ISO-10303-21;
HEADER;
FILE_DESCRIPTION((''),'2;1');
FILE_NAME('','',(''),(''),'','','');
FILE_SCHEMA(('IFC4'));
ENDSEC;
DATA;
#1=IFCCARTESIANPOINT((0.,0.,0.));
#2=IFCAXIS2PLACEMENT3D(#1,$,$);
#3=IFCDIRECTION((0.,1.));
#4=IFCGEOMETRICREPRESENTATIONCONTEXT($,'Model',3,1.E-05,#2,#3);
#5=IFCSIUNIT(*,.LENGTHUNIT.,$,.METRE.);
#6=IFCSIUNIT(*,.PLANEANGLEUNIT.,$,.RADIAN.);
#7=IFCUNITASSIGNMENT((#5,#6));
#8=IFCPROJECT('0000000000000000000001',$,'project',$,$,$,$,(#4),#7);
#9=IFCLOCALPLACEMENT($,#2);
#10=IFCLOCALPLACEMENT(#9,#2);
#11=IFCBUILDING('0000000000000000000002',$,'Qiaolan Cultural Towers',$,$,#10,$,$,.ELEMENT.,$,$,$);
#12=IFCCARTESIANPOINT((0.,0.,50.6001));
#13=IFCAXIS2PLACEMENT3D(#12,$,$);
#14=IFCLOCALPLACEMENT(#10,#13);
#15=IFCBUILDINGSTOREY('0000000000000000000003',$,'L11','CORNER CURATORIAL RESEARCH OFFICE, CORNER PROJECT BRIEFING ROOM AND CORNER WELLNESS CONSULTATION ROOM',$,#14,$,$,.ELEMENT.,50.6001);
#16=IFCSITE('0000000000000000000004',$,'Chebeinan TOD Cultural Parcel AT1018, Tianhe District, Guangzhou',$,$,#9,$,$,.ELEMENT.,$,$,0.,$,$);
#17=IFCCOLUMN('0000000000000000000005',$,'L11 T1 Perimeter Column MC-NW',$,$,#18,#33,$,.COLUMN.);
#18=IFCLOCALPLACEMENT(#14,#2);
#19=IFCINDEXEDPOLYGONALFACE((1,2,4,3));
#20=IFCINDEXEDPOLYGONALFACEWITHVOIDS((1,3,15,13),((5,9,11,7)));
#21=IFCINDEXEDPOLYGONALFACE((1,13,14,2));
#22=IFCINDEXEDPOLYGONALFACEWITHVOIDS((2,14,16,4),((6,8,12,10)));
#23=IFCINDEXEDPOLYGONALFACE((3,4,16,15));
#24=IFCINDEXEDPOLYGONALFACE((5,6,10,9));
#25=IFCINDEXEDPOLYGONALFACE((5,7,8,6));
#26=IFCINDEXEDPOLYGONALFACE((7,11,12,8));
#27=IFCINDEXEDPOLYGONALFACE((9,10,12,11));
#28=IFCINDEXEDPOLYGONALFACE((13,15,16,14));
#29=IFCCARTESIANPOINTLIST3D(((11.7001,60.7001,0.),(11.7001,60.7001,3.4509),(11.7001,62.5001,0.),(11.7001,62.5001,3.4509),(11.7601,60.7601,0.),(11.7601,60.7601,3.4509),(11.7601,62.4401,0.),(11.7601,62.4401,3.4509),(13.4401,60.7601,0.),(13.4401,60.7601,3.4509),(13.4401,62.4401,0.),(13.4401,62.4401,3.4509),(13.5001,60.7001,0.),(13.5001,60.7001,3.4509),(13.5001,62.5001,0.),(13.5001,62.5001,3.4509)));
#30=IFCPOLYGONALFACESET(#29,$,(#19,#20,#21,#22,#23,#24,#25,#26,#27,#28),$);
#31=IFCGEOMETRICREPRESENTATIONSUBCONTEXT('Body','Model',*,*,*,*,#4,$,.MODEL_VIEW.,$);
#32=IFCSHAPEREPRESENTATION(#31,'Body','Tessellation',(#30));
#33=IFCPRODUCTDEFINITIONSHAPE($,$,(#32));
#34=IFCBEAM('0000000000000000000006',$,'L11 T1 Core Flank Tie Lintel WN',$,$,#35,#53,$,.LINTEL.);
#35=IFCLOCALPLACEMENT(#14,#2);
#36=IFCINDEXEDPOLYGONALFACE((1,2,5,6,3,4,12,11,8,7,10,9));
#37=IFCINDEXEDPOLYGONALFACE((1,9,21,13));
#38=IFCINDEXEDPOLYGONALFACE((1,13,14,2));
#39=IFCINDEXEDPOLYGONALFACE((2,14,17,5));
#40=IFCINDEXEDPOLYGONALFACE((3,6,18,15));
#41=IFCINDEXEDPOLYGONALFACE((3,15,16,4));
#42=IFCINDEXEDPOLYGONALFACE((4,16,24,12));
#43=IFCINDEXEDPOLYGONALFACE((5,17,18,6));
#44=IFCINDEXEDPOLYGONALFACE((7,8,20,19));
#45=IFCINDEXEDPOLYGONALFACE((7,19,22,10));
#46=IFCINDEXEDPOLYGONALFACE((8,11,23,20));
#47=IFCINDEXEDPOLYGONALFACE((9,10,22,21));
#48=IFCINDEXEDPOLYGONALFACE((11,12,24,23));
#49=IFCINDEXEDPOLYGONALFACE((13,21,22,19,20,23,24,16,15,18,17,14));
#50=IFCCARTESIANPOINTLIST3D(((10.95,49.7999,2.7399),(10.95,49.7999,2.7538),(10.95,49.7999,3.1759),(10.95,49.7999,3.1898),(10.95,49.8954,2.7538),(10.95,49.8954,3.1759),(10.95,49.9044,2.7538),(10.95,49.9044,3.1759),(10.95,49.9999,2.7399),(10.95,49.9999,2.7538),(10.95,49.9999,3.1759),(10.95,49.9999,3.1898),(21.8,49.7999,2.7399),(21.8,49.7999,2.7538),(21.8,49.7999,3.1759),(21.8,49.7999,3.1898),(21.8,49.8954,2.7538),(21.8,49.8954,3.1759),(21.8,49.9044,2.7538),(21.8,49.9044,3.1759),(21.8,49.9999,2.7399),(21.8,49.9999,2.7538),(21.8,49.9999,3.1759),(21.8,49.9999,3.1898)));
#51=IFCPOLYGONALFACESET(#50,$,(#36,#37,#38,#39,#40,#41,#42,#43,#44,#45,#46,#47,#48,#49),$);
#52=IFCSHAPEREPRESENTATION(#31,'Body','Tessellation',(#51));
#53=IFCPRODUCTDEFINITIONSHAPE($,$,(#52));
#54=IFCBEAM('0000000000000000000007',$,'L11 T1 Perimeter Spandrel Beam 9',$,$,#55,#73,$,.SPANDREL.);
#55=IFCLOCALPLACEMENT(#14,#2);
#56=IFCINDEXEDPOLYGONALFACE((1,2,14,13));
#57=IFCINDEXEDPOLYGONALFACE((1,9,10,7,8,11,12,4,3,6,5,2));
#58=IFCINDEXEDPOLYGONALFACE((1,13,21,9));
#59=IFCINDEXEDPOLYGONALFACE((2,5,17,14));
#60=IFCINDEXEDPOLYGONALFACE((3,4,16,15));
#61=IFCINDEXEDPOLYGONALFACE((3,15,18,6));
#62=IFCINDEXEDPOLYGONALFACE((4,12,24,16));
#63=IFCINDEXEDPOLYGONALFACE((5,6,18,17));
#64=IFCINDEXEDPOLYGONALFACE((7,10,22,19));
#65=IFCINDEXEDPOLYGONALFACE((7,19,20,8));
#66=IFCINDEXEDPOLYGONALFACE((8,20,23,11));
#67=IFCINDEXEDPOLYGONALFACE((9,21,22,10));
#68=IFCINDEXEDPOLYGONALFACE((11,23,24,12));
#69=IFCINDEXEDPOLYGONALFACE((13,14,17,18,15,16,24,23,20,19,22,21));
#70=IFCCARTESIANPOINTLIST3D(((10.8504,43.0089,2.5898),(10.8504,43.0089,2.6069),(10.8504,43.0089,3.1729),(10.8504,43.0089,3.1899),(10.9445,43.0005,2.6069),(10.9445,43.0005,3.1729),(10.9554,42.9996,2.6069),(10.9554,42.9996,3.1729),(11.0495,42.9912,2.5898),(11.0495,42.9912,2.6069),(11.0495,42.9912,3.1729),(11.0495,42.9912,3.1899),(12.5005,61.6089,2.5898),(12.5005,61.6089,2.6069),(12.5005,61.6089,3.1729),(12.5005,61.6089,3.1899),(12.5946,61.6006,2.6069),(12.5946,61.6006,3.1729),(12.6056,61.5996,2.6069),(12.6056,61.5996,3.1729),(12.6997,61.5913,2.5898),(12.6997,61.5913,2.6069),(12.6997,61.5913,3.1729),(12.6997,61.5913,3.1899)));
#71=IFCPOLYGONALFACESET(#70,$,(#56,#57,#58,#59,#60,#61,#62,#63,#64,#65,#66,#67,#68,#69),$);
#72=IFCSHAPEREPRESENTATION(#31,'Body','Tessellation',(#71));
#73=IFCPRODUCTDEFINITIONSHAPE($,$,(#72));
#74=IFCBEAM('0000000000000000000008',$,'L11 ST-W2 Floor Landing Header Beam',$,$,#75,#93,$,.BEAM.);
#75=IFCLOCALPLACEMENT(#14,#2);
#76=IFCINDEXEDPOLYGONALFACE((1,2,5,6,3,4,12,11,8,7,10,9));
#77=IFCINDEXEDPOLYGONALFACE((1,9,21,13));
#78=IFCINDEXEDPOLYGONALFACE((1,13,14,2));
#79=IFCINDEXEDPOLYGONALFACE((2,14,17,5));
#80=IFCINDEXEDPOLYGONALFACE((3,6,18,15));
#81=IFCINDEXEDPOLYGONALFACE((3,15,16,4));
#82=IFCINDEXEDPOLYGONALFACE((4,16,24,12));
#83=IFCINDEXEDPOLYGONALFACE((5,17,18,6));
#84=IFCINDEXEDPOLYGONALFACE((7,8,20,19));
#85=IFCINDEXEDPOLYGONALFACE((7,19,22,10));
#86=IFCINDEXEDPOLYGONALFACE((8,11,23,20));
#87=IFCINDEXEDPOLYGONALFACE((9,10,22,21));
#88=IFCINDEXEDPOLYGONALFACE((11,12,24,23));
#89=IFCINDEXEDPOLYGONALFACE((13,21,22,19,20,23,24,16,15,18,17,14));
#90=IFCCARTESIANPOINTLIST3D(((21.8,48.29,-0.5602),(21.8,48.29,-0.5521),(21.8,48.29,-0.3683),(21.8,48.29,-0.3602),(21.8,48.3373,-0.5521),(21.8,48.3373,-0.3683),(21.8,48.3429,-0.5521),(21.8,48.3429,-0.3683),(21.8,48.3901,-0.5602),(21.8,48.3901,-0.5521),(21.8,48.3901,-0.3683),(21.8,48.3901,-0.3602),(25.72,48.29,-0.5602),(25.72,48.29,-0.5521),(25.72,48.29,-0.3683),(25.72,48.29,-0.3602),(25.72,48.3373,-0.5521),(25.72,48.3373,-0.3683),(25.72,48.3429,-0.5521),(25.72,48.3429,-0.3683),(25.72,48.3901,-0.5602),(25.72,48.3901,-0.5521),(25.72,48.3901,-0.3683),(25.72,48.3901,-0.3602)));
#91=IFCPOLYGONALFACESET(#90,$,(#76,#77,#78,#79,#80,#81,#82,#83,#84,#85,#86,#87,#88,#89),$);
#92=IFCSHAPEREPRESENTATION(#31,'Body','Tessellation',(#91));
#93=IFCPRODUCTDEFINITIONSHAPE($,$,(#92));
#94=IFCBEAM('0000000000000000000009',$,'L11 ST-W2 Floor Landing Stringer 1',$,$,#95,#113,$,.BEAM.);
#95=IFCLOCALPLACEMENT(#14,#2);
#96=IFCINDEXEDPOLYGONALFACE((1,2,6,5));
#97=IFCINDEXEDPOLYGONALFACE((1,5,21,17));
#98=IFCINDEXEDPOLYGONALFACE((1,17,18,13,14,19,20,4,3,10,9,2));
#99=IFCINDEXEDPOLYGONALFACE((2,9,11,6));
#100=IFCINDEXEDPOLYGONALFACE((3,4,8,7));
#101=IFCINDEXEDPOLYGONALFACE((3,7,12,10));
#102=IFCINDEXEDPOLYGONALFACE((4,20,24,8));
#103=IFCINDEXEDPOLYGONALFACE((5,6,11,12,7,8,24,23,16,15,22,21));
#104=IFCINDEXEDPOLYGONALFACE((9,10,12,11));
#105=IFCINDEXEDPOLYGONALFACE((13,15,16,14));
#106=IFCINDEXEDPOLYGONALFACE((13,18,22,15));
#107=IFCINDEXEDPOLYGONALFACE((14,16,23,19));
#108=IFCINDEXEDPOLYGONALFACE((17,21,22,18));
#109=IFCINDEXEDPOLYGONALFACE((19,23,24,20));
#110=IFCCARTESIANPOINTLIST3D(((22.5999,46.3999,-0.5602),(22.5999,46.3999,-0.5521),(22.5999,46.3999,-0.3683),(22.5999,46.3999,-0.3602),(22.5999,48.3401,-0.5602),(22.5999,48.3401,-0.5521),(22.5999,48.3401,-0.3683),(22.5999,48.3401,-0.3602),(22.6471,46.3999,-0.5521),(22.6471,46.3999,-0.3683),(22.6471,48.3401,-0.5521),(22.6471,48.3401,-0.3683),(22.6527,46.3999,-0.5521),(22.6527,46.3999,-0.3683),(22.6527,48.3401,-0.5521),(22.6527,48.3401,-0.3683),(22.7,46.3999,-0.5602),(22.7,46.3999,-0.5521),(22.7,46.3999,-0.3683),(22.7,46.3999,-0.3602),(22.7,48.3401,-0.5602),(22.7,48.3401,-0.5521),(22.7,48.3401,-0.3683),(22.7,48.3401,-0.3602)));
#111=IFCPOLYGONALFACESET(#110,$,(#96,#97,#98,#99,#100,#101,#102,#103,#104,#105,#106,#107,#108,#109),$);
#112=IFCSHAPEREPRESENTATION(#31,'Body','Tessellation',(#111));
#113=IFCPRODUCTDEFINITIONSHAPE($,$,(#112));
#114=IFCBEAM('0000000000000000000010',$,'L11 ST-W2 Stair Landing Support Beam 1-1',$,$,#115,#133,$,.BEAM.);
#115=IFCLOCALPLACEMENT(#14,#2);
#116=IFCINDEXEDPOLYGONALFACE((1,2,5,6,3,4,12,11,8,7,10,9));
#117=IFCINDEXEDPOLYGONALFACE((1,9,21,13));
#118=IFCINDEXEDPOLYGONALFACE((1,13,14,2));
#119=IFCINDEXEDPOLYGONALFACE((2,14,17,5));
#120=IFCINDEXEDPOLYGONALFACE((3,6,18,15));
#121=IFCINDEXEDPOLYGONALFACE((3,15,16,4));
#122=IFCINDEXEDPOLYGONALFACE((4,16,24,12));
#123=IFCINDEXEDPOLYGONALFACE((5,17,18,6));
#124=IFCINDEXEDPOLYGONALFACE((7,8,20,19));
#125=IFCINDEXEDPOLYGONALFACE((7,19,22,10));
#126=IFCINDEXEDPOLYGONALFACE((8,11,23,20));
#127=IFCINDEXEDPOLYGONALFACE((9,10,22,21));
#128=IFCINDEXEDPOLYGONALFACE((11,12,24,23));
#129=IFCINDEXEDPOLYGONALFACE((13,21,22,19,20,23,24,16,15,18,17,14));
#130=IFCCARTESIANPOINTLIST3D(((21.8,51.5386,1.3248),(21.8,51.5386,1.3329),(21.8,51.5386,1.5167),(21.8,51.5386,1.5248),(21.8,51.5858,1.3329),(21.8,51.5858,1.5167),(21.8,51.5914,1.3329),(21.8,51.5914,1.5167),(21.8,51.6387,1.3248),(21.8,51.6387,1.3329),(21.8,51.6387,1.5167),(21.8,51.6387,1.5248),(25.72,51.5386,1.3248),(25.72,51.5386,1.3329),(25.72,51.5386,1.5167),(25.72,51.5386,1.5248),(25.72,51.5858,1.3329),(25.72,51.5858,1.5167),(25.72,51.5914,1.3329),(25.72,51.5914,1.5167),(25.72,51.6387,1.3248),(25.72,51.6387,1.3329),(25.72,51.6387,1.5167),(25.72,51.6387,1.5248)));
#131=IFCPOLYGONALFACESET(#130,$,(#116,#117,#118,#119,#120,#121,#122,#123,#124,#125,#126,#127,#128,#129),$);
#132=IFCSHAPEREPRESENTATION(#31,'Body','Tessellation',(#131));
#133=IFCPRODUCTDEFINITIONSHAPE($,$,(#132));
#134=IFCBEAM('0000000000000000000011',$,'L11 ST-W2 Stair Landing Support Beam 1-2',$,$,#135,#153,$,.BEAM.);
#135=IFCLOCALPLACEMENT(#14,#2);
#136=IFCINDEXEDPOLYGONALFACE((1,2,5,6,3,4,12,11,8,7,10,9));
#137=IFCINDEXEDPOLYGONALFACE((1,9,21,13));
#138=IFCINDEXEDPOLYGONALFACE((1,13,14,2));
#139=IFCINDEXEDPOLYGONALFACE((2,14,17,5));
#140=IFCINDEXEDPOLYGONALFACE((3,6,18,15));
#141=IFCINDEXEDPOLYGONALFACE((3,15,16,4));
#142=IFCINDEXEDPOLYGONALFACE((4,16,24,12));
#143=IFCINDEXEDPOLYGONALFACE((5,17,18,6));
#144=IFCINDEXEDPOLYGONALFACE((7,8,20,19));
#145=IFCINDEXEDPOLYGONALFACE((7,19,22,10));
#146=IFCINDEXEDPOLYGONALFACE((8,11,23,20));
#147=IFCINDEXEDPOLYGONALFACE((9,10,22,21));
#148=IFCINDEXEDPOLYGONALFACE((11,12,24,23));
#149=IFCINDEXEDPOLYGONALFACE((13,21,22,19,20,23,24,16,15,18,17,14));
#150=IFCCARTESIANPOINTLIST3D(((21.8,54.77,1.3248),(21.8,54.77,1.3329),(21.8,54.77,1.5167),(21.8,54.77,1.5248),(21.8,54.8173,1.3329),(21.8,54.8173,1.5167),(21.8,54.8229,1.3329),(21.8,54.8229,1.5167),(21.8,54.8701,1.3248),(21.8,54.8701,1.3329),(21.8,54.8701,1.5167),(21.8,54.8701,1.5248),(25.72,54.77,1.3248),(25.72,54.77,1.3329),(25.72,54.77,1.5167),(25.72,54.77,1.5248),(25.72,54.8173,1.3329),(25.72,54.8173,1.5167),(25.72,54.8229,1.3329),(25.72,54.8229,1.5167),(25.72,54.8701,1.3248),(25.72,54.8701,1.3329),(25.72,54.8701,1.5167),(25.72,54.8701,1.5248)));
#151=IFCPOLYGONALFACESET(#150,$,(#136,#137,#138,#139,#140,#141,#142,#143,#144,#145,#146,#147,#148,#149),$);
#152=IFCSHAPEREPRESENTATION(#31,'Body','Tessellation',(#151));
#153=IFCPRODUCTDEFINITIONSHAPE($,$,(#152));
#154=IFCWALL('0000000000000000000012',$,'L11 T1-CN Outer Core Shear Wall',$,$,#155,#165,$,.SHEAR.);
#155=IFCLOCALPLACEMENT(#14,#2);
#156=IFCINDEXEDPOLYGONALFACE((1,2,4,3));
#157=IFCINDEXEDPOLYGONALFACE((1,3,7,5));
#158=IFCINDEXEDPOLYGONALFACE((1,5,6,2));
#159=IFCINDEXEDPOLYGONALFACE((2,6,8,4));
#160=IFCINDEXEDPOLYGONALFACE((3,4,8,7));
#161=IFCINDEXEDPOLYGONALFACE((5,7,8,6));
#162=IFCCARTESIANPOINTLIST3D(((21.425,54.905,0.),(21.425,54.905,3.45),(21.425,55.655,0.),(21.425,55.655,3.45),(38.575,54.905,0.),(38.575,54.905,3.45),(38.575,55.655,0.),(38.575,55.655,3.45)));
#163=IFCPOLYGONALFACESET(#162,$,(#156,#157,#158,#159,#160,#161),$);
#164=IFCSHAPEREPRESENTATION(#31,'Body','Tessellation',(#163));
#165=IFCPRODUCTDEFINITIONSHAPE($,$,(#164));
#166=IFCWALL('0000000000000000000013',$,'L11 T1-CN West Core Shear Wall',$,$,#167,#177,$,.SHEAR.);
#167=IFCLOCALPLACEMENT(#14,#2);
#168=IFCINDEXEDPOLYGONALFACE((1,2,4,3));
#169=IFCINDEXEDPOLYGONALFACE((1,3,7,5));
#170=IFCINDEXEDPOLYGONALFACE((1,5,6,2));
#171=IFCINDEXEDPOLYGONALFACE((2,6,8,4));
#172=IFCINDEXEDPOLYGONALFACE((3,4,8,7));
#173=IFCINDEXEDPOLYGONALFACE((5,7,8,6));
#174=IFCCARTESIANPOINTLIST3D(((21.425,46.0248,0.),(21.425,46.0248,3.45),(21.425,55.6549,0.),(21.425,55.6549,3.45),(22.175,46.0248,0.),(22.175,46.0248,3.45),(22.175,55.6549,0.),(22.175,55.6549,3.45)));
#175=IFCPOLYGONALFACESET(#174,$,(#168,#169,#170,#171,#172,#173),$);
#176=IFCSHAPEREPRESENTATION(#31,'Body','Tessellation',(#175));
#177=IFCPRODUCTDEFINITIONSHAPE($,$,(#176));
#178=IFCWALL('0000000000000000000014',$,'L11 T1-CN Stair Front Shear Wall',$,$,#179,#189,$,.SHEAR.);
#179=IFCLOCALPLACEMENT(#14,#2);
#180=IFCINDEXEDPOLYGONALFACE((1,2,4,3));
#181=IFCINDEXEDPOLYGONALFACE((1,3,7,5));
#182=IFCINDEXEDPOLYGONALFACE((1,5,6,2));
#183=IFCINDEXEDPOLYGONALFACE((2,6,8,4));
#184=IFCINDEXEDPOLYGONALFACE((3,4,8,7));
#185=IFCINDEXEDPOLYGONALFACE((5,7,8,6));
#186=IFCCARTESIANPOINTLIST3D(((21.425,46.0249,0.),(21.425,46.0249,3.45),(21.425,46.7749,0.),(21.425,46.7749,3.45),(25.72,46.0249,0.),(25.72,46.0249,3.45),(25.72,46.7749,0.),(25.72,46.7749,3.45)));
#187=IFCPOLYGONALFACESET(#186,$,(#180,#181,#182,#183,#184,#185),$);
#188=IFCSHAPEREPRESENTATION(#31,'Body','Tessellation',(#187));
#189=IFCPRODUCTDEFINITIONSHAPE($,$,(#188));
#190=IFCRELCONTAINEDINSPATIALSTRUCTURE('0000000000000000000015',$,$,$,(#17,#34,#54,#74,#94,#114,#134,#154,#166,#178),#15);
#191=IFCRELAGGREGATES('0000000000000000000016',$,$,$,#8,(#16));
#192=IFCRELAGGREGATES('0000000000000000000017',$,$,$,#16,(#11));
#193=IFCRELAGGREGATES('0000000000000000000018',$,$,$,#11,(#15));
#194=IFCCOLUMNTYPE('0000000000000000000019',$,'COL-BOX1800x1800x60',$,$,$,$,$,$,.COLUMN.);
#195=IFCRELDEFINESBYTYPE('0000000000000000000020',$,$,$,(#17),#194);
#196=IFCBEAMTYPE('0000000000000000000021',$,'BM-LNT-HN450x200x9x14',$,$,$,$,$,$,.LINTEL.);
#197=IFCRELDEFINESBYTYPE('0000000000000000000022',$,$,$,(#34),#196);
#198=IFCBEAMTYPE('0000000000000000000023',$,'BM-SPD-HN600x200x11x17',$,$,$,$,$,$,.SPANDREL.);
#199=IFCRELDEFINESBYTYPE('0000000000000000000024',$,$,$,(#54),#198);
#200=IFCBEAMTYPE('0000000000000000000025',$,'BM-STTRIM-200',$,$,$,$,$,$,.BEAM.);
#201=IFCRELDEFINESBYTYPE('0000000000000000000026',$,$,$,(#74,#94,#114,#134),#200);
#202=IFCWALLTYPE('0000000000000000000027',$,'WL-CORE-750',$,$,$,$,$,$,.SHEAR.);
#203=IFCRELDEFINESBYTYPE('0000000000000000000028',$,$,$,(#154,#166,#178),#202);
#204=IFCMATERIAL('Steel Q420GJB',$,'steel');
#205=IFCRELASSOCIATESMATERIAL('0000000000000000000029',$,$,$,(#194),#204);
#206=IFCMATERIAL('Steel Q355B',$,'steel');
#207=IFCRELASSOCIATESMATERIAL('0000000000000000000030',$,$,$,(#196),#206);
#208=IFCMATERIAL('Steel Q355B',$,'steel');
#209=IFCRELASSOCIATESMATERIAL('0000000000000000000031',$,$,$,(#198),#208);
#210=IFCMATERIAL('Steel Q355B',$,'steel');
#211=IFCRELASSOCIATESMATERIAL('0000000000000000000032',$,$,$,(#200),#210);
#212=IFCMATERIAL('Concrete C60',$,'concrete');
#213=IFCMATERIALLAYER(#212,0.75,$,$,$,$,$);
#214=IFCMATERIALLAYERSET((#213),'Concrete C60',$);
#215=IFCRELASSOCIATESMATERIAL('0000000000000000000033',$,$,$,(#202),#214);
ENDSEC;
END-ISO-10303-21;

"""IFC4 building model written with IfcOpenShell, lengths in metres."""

from ifc_helpers import new_model, si_unit, direction, frame, frame_2d, origin, origin_2d, place, context, subcontext, project, spatial, rectangle, hollow_rectangle, i_section, extrude, material, layer, layer_set, material_profile, profile_set, type_object, element, save


model = new_model("IFC4")

# Units and contexts
model_context = context("Model", 3, precision=1e-05, world=origin(), true_north=direction((0.0, 1.0)))
body_context = subcontext(model_context, "Body", "Model", "MODEL_VIEW")
ifc_project = project(units=[si_unit("LENGTHUNIT", "METRE"), si_unit("PLANEANGLEUNIT", "RADIAN")], contexts=[model_context])

# Site, building, storey
site_placement = place(None, origin())
site = spatial("IfcSite", under=ifc_project, at=site_placement, Name="Chebeinan TOD Cultural Parcel AT1018, Tianhe District, Guangzhou", CompositionType="ELEMENT", RefElevation=0.0)
building_placement = place(site_placement, origin())
building = spatial("IfcBuilding", under=site, at=building_placement, Name="Qiaolan Cultural Towers", CompositionType="ELEMENT")
storey_placement = place(building_placement, frame((0.0, 0.0, 50.6001)))
storey = spatial("IfcBuildingStorey", under=building, at=storey_placement, Name="L11", Description="CORNER CURATORIAL RESEARCH OFFICE, CORNER PROJECT BRIEFING ROOM AND CORNER WELLNESS CONSULTATION ROOM", CompositionType="ELEMENT", Elevation=50.6001)

# Column
ifc_material_1 = material(Name="Steel Q420GJB", Category="steel")
ifc_material_profile_1 = material_profile(ifc_material_1, hollow_rectangle(XDim=1.8, YDim=1.8, WallThickness=0.0601, at=origin_2d()), Name="BOX1800x1800x60")
ifc_profile_set_1 = profile_set([ifc_material_profile_1], Name="Steel Q420GJB")
column_type = type_object("IfcColumnType", Name="COL-BOX1800x1800x60", PredefinedType="COLUMN", material=ifc_profile_set_1)
column_placement = place(storey_placement, frame((12.6001, 61.6001, 0.0), z_axis=(0.0, 0.0, 1.0), x_axis=(1.0, 0.0, 0.0)))
element("IfcColumn", 1, at=column_placement, inside=storey, type_object=column_type, Name="L11 T1 Perimeter Column MC-NW", PredefinedType="COLUMN", context=body_context, shape_type="SweptSolid", body=[
    extrude(hollow_rectangle(XDim=1.8, YDim=1.8, WallThickness=0.0601, at=origin_2d()), origin(), (0.0, 0.0, 1.0), 3.4509),
])

# Beams
ifc_material_2 = material(Name="Steel Q355B", Category="steel")
ifc_material_profile_2 = material_profile(ifc_material_2, i_section(OverallWidth=0.2, OverallDepth=0.45, WebThickness=0.009, FlangeThickness=0.0139, at=origin_2d()), Name="HN450x200x9x14")
ifc_profile_set_2 = profile_set([ifc_material_profile_2], Name="Steel Q355B")
beam_type_1 = type_object("IfcBeamType", Name="BM-LNT-HN450x200x9x14", PredefinedType="LINTEL", material=ifc_profile_set_2)
beam_1_placement = place(storey_placement, frame((21.8, 49.8999, 2.9648), z_axis=(-1.0, 0.0, 0.0), x_axis=(0.0, -1.0, 0.0)))
element("IfcBeam", 2, at=beam_1_placement, inside=storey, type_object=beam_type_1, Name="L11 T1 Core Flank Tie Lintel WN", PredefinedType="LINTEL", context=body_context, shape_type="SweptSolid", body=[
    extrude(i_section(OverallWidth=0.2, OverallDepth=0.45, WebThickness=0.009, FlangeThickness=0.0139, at=origin_2d()), origin(), (0.0, 0.0, 1.0), 10.8501),
])
ifc_material_3 = material(Name="Steel Q355B", Category="steel")
ifc_material_profile_3 = material_profile(ifc_material_3, i_section(OverallWidth=0.2, OverallDepth=0.6001, WebThickness=0.011, FlangeThickness=0.0171, at=origin_2d()), Name="HN600x200x11x17")
ifc_profile_set_3 = profile_set([ifc_material_profile_3], Name="Steel Q355B")
beam_type_2 = type_object("IfcBeamType", Name="BM-SPD-HN600x200x11x17", PredefinedType="SPANDREL", material=ifc_profile_set_3)
beam_2_placement = place(storey_placement, frame((12.6001, 61.6001, 2.8899), z_axis=(-0.08837, -0.996088, 0.0), x_axis=(0.996088, -0.08837, 0.0)))
element("IfcBeam", 3, at=beam_2_placement, inside=storey, type_object=beam_type_2, Name="L11 T1 Perimeter Spandrel Beam 9", PredefinedType="SPANDREL", context=body_context, shape_type="SweptSolid", body=[
    extrude(i_section(OverallWidth=0.2, OverallDepth=0.6001, WebThickness=0.011, FlangeThickness=0.0171, at=origin_2d()), origin(), (0.0, 0.0, 1.0), 18.6731),
])
ifc_material_4 = material(Name="Steel Q355B", Category="steel")
ifc_material_profile_4 = material_profile(ifc_material_4, i_section(OverallWidth=0.1001, OverallDepth=0.2, WebThickness=0.0056, FlangeThickness=0.0081, at=origin_2d()), Name="HN200x100x5.5x8")
ifc_profile_set_4 = profile_set([ifc_material_profile_4], Name="Steel Q355B")
beam_type_3 = type_object("IfcBeamType", Name="BM-STTRIM-200", PredefinedType="BEAM", material=ifc_profile_set_4)
beam_3_placement = place(storey_placement, frame((21.8, 48.3401, -0.4602), z_axis=(1.0, 0.0, 0.0), x_axis=(0.0, 1.0, 0.0)))
element("IfcBeam", 4, at=beam_3_placement, inside=storey, type_object=beam_type_3, Name="L11 ST-W2 Floor Landing Header Beam", PredefinedType="BEAM", context=body_context, shape_type="SweptSolid", body=[
    extrude(i_section(OverallWidth=0.1001, OverallDepth=0.2, WebThickness=0.0056, FlangeThickness=0.0081, at=origin_2d()), origin(), (0.0, 0.0, 1.0), 3.9199),
])
beam_4_placement = place(storey_placement, frame((22.6499, 46.3999, -0.4602), z_axis=(0.0, 1.0, 0.0), x_axis=(-1.0, 0.0, 0.0)))
element("IfcBeam", 5, at=beam_4_placement, inside=storey, type_object=beam_type_3, Name="L11 ST-W2 Floor Landing Stringer 1", PredefinedType="BEAM", context=body_context, shape_type="SweptSolid", body=[
    extrude(i_section(OverallWidth=0.1001, OverallDepth=0.2, WebThickness=0.0056, FlangeThickness=0.0081, at=origin_2d()), origin(), (0.0, 0.0, 1.0), 1.9402),
])
for number, where, z_axis, x_axis, name in (
    (6, (21.8, 51.5886, 1.4248), (1.0, 0.0, 0.0), (0.0, 1.0, 0.0), "L11 ST-W2 Stair Landing Support Beam 1-1"),
    (7, (21.8, 54.8201, 1.4248), (1.0, 0.0, 0.0), (0.0, 1.0, 0.0), "L11 ST-W2 Stair Landing Support Beam 1-2"),
):
    element("IfcBeam", number, at=place(storey_placement, frame(where, z_axis=z_axis, x_axis=x_axis)), inside=storey, type_object=beam_type_3, Name=name, PredefinedType="BEAM", context=body_context, shape_type="SweptSolid", body=[
        extrude(i_section(OverallWidth=0.1001, OverallDepth=0.2, WebThickness=0.0056, FlangeThickness=0.0081, at=origin_2d()), origin(), (0.0, 0.0, 1.0), 3.9199),
    ])

# Walls
ifc_material_5 = material(Name="Concrete C60", Category="concrete")
ifc_layer_1 = layer(ifc_material_5, 0.75)
ifc_layer_set_1 = layer_set([ifc_layer_1], Name="Concrete C60")
wall_type_1 = type_object("IfcWallType", Name="WL-CORE-750", PredefinedType="SHEAR", material=ifc_layer_set_1)
wall_1_placement = place(storey_placement, frame((21.425, 55.28, 0.0), z_axis=(0.0, 0.0, 1.0), x_axis=(1.0, 0.0, 0.0)))
element("IfcWall", 8, at=wall_1_placement, inside=storey, type_object=wall_type_1, Name="L11 T1-CN Outer Core Shear Wall", PredefinedType="SHEAR", context=body_context, shape_type="SweptSolid", body=[
    extrude(rectangle(XDim=17.1499, YDim=0.75, at=frame_2d((8.575, 0.0))), origin(), (0.0, 0.0, 1.0), 3.45),
])
wall_2_placement = place(storey_placement, frame((21.8, 46.0249, 0.0), z_axis=(0.0, 0.0, 1.0), x_axis=(0.0, 1.0, 0.0)))
element("IfcWall", 9, at=wall_2_placement, inside=storey, type_object=wall_type_1, Name="L11 T1-CN West Core Shear Wall", PredefinedType="SHEAR", context=body_context, shape_type="SweptSolid", body=[
    extrude(rectangle(XDim=9.6301, YDim=0.75, at=frame_2d((4.8149, 0.0))), origin(), (0.0, 0.0, 1.0), 3.45),
])
wall_3_placement = place(storey_placement, frame((21.425, 46.3999, 0.0), z_axis=(0.0, 0.0, 1.0), x_axis=(1.0, 0.0, 0.0)))
element("IfcWall", 10, at=wall_3_placement, inside=storey, type_object=wall_type_1, Name="L11 T1-CN Stair Front Shear Wall", PredefinedType="SHEAR", context=body_context, shape_type="SweptSolid", body=[
    extrude(rectangle(XDim=4.2949, YDim=0.75, at=frame_2d((2.1475, 0.0))), origin(), (0.0, 0.0, 1.0), 3.45),
])

save(model, "model.ifc")
